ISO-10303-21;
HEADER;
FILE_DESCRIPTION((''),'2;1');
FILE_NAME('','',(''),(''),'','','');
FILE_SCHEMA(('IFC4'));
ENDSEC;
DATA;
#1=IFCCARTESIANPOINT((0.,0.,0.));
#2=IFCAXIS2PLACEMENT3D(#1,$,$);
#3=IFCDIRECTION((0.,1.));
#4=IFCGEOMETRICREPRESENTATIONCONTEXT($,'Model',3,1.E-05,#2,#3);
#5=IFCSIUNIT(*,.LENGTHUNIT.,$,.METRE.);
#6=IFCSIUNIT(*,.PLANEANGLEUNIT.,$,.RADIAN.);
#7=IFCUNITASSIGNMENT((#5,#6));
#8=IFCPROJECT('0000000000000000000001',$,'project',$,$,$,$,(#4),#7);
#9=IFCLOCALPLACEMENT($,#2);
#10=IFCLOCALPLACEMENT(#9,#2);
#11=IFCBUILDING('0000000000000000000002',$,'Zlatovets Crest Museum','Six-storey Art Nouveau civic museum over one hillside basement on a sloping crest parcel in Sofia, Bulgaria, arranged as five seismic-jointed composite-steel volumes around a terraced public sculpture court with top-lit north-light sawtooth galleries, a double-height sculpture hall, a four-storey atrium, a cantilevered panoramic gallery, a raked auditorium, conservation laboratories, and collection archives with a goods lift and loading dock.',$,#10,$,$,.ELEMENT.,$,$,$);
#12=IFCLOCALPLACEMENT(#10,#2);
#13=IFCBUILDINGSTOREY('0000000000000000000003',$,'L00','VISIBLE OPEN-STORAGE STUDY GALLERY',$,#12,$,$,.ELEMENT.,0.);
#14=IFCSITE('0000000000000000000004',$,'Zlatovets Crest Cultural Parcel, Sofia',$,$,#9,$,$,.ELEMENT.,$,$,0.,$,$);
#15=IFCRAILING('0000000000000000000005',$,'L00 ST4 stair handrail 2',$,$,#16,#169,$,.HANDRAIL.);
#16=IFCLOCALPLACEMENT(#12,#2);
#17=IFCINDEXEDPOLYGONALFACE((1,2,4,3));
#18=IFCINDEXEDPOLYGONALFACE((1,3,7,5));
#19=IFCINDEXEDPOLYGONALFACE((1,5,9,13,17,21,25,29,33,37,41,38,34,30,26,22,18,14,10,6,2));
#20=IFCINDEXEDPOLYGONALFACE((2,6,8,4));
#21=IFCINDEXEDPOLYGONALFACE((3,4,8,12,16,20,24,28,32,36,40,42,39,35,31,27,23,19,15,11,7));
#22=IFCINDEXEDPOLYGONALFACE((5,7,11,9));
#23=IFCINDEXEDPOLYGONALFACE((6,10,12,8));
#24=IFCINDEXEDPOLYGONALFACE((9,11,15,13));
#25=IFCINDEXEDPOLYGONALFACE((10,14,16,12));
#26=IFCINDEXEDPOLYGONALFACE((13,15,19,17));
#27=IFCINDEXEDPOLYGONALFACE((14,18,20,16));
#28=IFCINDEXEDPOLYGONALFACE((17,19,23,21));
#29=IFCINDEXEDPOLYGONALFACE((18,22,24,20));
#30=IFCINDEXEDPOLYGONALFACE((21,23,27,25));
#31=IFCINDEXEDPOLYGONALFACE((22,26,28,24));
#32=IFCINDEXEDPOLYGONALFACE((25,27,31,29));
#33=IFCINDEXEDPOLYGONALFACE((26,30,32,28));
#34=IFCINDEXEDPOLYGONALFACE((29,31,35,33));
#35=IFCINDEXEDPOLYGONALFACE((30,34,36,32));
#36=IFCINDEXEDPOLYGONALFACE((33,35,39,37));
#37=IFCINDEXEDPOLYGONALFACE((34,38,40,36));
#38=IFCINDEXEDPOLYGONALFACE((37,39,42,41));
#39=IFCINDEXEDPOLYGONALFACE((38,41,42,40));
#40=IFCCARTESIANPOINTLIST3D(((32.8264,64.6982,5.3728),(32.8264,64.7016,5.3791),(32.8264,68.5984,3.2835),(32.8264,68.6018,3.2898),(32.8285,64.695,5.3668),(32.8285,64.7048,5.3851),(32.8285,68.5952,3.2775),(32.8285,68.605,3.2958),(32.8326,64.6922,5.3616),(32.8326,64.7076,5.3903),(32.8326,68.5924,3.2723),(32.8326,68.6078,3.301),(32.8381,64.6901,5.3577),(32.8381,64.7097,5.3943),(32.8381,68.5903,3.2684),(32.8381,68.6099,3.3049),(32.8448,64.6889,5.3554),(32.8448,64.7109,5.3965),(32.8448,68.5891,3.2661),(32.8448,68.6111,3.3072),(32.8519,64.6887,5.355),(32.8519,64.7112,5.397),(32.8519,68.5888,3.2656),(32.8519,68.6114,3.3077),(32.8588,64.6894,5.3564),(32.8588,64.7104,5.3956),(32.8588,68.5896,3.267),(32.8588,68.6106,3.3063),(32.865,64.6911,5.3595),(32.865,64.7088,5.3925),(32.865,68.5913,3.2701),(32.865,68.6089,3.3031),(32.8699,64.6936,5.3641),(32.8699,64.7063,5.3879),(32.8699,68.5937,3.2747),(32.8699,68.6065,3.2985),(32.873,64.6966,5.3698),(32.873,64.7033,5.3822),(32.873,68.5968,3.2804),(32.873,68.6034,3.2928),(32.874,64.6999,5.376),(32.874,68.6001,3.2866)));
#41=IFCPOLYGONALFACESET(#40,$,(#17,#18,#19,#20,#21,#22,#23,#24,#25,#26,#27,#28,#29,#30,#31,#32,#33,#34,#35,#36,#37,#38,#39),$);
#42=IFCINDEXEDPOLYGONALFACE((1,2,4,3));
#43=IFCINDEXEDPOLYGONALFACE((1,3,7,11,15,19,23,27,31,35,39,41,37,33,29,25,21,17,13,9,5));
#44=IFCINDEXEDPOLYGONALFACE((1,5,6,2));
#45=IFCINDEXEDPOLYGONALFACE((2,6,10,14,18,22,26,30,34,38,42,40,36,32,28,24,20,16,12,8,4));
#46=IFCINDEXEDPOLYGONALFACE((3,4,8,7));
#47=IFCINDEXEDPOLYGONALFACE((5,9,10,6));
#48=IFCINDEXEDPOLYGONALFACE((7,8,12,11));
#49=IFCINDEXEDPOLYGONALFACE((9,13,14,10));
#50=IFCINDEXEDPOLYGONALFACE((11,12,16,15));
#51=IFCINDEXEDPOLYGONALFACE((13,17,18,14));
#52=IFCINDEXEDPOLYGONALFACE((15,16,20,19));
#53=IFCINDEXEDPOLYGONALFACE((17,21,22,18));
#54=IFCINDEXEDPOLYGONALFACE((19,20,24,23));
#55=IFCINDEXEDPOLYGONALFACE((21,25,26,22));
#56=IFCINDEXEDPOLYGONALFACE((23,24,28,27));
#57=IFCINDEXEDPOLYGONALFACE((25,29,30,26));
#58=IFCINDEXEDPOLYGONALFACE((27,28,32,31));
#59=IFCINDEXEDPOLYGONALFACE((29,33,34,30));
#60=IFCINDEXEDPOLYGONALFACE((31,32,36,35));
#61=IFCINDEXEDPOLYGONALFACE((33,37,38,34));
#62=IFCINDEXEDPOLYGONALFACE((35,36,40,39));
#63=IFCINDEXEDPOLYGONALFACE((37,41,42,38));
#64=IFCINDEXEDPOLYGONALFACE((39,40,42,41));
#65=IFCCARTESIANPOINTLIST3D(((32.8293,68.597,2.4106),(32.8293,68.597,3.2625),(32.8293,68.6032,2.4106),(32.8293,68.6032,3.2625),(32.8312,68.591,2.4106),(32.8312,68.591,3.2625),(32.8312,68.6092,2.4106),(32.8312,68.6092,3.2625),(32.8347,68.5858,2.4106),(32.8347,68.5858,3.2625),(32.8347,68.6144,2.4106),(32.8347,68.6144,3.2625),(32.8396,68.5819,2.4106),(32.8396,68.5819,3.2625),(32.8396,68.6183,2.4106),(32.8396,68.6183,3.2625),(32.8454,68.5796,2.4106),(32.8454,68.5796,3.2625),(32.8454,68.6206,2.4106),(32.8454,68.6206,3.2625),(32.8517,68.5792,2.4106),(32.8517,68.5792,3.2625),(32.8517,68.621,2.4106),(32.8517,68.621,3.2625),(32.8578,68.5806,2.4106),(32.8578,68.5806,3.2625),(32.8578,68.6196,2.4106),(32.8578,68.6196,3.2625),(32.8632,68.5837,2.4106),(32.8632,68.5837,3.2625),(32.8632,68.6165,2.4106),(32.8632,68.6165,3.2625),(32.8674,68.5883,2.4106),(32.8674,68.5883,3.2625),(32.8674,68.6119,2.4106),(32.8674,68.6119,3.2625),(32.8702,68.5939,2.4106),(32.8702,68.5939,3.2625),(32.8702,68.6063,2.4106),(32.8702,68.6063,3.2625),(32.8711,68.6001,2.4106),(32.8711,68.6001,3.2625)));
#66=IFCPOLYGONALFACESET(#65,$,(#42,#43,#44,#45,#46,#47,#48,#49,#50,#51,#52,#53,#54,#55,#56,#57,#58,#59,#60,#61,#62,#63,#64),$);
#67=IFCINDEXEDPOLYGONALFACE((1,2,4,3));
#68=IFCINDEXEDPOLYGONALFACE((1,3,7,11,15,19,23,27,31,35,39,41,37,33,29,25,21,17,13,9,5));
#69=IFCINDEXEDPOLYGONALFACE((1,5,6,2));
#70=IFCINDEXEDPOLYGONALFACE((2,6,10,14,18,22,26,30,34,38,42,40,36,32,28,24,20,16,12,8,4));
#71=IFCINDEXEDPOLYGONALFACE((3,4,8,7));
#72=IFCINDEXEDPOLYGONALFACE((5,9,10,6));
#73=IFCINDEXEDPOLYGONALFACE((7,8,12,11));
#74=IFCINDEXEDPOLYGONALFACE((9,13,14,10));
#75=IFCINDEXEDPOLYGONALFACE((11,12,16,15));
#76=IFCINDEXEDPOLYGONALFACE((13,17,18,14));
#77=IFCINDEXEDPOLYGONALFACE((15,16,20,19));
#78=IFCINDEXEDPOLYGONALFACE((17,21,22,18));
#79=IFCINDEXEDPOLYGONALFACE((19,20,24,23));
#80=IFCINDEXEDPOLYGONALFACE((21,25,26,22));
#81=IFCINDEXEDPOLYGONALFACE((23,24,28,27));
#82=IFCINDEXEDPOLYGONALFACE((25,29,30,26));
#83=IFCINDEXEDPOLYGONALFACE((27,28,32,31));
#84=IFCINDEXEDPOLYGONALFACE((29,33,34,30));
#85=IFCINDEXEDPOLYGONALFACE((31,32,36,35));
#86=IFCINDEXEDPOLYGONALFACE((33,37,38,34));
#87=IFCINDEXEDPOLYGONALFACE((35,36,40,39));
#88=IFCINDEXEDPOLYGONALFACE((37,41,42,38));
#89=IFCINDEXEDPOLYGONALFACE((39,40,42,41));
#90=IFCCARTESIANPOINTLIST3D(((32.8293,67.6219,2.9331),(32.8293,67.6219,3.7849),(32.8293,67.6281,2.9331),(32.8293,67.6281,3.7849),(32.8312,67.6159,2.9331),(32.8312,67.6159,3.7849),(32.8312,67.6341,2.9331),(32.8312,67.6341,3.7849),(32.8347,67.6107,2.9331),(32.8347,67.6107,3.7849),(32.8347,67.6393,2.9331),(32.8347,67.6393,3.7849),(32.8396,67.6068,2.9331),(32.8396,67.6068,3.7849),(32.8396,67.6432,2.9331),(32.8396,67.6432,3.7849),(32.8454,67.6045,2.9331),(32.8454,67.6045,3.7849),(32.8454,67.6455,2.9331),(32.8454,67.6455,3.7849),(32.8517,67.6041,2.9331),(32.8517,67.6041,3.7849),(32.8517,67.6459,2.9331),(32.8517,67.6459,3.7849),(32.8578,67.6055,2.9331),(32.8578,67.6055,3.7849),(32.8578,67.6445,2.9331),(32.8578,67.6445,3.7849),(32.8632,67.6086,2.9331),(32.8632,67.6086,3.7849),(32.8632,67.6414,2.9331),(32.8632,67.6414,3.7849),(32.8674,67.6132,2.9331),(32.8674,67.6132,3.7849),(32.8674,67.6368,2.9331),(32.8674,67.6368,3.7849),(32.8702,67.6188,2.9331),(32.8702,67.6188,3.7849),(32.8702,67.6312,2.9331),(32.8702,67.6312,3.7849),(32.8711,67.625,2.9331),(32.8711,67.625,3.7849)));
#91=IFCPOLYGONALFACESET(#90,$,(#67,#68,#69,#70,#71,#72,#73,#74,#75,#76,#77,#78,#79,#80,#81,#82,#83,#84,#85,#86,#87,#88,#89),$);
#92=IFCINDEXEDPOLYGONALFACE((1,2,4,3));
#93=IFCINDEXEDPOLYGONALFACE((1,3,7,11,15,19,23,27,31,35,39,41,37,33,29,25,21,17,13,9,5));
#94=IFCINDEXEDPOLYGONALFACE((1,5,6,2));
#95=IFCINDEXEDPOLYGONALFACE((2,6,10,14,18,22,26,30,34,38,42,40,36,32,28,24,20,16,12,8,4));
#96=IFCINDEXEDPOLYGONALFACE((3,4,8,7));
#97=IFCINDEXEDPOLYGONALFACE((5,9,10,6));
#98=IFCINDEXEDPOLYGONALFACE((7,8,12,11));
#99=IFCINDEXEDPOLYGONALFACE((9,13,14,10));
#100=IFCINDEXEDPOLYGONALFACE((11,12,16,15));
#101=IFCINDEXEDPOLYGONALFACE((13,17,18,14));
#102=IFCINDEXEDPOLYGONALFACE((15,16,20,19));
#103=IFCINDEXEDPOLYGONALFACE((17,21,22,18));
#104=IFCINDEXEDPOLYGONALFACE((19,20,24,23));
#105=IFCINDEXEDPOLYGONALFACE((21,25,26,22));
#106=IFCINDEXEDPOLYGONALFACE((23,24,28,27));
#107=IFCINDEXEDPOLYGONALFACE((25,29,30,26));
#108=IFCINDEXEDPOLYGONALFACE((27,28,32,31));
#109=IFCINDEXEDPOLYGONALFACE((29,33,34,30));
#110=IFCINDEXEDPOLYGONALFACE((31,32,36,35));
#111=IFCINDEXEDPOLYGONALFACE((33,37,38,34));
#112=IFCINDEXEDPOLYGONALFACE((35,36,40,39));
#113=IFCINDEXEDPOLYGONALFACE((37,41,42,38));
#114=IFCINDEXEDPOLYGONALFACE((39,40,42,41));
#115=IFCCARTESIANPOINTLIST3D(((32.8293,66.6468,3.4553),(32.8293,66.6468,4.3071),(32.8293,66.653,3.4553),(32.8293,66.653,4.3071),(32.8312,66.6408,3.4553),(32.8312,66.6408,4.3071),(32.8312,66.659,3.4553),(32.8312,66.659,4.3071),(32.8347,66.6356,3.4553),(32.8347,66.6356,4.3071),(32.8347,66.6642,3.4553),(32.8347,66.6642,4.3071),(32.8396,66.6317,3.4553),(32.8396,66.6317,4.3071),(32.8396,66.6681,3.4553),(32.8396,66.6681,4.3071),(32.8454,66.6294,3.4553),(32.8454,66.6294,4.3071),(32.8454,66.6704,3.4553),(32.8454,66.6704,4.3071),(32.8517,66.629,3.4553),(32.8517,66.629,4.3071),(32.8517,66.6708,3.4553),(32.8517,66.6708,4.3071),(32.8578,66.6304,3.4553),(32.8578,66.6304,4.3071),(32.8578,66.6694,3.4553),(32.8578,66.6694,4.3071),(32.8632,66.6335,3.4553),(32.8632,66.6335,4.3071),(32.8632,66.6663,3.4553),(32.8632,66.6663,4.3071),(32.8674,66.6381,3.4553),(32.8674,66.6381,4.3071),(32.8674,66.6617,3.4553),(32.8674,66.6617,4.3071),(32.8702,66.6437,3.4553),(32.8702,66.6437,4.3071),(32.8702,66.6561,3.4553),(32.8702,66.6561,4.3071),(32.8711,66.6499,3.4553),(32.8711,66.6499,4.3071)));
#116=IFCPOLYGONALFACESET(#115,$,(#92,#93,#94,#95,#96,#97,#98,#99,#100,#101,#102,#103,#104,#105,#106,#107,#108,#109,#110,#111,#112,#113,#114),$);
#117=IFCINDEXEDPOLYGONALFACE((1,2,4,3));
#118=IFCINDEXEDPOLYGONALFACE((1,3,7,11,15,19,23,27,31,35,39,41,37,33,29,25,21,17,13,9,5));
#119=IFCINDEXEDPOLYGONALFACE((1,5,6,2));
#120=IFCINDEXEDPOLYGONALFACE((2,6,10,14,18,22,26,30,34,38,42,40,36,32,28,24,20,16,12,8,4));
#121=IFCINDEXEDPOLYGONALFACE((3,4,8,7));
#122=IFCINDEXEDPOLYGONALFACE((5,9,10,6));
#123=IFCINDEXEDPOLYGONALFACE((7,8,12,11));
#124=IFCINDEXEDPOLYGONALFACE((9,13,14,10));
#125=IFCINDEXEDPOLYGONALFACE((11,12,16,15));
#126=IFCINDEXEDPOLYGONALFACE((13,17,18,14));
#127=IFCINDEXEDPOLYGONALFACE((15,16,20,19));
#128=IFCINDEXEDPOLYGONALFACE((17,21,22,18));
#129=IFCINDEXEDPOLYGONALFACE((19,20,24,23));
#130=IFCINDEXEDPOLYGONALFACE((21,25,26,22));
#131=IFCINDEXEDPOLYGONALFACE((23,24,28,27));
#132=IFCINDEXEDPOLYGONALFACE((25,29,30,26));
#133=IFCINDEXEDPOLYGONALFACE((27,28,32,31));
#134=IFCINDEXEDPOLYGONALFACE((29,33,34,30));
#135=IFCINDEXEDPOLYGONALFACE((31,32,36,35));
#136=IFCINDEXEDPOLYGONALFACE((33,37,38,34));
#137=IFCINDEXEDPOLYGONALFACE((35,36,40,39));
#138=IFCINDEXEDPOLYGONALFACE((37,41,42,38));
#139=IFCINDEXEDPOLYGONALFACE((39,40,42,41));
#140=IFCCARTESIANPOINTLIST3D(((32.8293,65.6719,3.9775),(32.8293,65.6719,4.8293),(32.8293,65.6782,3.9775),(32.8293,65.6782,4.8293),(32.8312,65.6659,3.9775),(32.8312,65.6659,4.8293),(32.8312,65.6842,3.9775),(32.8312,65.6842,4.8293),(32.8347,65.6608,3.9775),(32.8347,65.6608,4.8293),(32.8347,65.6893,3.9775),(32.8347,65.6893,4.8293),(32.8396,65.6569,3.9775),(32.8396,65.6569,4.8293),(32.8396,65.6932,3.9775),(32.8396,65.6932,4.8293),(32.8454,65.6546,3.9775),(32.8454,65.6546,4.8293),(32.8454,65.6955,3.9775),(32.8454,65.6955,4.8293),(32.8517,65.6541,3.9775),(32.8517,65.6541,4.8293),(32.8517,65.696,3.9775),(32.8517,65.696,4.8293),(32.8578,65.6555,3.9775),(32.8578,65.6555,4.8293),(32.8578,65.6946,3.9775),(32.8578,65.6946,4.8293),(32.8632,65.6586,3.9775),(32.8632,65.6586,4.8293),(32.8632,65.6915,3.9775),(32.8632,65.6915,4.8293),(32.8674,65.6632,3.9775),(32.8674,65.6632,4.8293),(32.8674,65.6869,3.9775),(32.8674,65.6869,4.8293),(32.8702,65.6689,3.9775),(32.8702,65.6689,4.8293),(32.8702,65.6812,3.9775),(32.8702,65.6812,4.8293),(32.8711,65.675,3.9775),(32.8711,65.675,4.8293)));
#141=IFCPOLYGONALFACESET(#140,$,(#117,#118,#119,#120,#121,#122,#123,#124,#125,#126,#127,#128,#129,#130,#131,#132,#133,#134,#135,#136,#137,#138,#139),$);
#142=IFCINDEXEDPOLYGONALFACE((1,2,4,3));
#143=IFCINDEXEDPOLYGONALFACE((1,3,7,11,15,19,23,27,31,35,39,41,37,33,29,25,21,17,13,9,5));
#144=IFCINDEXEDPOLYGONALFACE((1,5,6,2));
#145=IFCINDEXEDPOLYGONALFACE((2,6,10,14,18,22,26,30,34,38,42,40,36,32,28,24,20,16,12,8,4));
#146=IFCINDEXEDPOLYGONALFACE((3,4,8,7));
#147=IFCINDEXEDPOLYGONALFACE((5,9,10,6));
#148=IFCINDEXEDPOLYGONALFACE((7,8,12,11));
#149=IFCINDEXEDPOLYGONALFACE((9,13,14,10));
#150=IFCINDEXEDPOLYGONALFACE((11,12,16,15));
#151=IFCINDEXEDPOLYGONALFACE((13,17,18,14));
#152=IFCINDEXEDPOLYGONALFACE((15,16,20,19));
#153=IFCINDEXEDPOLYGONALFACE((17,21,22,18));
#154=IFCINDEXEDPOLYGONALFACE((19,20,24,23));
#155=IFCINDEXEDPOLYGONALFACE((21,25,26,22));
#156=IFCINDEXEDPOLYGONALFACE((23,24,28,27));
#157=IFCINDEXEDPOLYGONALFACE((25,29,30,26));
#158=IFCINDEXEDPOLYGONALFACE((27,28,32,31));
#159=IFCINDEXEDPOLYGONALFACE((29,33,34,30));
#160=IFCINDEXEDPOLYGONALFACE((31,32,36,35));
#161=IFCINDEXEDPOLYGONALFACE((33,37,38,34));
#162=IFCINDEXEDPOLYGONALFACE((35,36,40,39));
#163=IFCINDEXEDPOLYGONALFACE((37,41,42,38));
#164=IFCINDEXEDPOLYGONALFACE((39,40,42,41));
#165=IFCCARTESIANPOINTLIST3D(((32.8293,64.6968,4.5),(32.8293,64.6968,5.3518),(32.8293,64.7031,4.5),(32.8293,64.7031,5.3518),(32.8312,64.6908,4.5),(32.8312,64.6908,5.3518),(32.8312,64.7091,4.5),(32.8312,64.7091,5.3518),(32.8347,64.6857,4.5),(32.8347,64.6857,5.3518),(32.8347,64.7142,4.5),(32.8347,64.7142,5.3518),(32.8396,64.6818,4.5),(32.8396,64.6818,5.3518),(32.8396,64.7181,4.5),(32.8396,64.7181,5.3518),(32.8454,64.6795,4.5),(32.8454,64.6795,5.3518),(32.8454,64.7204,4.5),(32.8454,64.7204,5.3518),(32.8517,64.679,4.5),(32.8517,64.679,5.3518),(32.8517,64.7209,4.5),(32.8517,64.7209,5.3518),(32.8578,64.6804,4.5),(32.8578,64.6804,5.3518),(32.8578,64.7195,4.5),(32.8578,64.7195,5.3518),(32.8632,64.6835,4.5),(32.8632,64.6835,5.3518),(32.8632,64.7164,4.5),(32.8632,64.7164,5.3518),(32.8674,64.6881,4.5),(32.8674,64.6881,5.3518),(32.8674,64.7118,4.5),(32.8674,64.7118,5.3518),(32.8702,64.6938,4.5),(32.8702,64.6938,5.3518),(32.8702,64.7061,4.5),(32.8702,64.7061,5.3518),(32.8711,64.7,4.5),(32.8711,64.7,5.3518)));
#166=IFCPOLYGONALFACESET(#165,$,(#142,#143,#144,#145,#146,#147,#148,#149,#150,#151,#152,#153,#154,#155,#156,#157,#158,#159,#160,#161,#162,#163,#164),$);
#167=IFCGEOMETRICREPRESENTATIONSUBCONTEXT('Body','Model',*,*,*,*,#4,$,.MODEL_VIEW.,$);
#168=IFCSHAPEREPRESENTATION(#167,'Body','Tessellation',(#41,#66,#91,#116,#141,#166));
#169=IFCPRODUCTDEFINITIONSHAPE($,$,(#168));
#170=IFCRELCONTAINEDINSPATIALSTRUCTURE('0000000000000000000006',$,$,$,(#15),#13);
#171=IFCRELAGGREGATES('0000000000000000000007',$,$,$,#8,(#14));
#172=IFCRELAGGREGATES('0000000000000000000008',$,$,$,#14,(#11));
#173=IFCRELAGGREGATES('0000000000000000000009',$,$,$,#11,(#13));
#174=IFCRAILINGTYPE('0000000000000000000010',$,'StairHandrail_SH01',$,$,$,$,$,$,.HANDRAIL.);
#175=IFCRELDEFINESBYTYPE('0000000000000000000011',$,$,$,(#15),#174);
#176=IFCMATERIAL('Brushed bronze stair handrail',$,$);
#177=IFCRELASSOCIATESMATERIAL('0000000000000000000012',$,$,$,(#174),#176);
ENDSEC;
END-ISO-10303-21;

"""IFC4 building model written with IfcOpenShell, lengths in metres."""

from ifc_helpers import new_model, si_unit, direction, frame, origin, origin_2d, place, context, subcontext, project, spatial, circle, extrude, material, type_object, element, save


model = new_model("IFC4")

# Units and contexts
model_context = context("Model", 3, precision=1e-05, world=origin(), true_north=direction((0.0, 1.0)))
body_context = subcontext(model_context, "Body", "Model", "MODEL_VIEW")
ifc_project = project(units=[si_unit("LENGTHUNIT", "METRE"), si_unit("PLANEANGLEUNIT", "RADIAN")], contexts=[model_context])

# Site, building, storey
site_placement = place(None, origin())
site = spatial("IfcSite", under=ifc_project, at=site_placement, Name="Zlatovets Crest Cultural Parcel, Sofia", CompositionType="ELEMENT", RefElevation=0.0)
building_placement = place(site_placement, origin())
building = spatial("IfcBuilding", under=site, at=building_placement, Name="Zlatovets Crest Museum", Description="Six-storey Art Nouveau civic museum over one hillside basement on a sloping crest parcel in Sofia, Bulgaria, arranged as five seismic-jointed composite-steel volumes around a terraced public sculpture court with top-lit north-light sawtooth galleries, a double-height sculpture hall, a four-storey atrium, a cantilevered panoramic gallery, a raked auditorium, conservation laboratories, and collection archives with a goods lift and loading dock.", CompositionType="ELEMENT")
storey_placement = place(building_placement, origin())
storey = spatial("IfcBuildingStorey", under=building, at=storey_placement, Name="L00", Description="VISIBLE OPEN-STORAGE STUDY GALLERY", CompositionType="ELEMENT", Elevation=0.0)

# Railing
ifc_material_1 = material(Name="Brushed bronze stair handrail")
railing_type_1 = type_object("IfcRailingType", Name="StairHandrail_SH01", PredefinedType="HANDRAIL", material=ifc_material_1)
railing_1_placement = place(storey_placement, frame((32.8501, 68.6001, 2.4106)))
element("IfcRailing", 1, at=railing_1_placement, inside=storey, type_object=railing_type_1, Name="L00 ST4 stair handrail 2", PredefinedType="HANDRAIL", context=body_context, shape_type="SweptSolid", body=[
    extrude(circle(Radius=0.0239, at=origin_2d()), frame((0.0, 0.0, 0.876), z_axis=(0.0, -0.881481, 0.47222), x_axis=(1.0, 0.0, 0.0)), (0.0, 0.0, 1.0), 4.4246),
    extrude(circle(Radius=0.021, at=origin_2d()), origin(), (0.0, 0.0, 1.0), 0.8518),
    extrude(circle(Radius=0.021, at=origin_2d()), frame((0.0, -0.9751, 0.5225)), (0.0, 0.0, 1.0), 0.8518),
    extrude(circle(Radius=0.021, at=origin_2d()), frame((0.0, -1.9502, 1.0447)), (0.0, 0.0, 1.0), 0.8518),
    extrude(circle(Radius=0.021, at=origin_2d()), frame((0.0, -2.925, 1.5669)), (0.0, 0.0, 1.0), 0.8518),
    extrude(circle(Radius=0.021, at=origin_2d()), frame((0.0, -3.9001, 2.0894)), (0.0, 0.0, 1.0), 0.8518),
])

save(model, "model.ifc")
